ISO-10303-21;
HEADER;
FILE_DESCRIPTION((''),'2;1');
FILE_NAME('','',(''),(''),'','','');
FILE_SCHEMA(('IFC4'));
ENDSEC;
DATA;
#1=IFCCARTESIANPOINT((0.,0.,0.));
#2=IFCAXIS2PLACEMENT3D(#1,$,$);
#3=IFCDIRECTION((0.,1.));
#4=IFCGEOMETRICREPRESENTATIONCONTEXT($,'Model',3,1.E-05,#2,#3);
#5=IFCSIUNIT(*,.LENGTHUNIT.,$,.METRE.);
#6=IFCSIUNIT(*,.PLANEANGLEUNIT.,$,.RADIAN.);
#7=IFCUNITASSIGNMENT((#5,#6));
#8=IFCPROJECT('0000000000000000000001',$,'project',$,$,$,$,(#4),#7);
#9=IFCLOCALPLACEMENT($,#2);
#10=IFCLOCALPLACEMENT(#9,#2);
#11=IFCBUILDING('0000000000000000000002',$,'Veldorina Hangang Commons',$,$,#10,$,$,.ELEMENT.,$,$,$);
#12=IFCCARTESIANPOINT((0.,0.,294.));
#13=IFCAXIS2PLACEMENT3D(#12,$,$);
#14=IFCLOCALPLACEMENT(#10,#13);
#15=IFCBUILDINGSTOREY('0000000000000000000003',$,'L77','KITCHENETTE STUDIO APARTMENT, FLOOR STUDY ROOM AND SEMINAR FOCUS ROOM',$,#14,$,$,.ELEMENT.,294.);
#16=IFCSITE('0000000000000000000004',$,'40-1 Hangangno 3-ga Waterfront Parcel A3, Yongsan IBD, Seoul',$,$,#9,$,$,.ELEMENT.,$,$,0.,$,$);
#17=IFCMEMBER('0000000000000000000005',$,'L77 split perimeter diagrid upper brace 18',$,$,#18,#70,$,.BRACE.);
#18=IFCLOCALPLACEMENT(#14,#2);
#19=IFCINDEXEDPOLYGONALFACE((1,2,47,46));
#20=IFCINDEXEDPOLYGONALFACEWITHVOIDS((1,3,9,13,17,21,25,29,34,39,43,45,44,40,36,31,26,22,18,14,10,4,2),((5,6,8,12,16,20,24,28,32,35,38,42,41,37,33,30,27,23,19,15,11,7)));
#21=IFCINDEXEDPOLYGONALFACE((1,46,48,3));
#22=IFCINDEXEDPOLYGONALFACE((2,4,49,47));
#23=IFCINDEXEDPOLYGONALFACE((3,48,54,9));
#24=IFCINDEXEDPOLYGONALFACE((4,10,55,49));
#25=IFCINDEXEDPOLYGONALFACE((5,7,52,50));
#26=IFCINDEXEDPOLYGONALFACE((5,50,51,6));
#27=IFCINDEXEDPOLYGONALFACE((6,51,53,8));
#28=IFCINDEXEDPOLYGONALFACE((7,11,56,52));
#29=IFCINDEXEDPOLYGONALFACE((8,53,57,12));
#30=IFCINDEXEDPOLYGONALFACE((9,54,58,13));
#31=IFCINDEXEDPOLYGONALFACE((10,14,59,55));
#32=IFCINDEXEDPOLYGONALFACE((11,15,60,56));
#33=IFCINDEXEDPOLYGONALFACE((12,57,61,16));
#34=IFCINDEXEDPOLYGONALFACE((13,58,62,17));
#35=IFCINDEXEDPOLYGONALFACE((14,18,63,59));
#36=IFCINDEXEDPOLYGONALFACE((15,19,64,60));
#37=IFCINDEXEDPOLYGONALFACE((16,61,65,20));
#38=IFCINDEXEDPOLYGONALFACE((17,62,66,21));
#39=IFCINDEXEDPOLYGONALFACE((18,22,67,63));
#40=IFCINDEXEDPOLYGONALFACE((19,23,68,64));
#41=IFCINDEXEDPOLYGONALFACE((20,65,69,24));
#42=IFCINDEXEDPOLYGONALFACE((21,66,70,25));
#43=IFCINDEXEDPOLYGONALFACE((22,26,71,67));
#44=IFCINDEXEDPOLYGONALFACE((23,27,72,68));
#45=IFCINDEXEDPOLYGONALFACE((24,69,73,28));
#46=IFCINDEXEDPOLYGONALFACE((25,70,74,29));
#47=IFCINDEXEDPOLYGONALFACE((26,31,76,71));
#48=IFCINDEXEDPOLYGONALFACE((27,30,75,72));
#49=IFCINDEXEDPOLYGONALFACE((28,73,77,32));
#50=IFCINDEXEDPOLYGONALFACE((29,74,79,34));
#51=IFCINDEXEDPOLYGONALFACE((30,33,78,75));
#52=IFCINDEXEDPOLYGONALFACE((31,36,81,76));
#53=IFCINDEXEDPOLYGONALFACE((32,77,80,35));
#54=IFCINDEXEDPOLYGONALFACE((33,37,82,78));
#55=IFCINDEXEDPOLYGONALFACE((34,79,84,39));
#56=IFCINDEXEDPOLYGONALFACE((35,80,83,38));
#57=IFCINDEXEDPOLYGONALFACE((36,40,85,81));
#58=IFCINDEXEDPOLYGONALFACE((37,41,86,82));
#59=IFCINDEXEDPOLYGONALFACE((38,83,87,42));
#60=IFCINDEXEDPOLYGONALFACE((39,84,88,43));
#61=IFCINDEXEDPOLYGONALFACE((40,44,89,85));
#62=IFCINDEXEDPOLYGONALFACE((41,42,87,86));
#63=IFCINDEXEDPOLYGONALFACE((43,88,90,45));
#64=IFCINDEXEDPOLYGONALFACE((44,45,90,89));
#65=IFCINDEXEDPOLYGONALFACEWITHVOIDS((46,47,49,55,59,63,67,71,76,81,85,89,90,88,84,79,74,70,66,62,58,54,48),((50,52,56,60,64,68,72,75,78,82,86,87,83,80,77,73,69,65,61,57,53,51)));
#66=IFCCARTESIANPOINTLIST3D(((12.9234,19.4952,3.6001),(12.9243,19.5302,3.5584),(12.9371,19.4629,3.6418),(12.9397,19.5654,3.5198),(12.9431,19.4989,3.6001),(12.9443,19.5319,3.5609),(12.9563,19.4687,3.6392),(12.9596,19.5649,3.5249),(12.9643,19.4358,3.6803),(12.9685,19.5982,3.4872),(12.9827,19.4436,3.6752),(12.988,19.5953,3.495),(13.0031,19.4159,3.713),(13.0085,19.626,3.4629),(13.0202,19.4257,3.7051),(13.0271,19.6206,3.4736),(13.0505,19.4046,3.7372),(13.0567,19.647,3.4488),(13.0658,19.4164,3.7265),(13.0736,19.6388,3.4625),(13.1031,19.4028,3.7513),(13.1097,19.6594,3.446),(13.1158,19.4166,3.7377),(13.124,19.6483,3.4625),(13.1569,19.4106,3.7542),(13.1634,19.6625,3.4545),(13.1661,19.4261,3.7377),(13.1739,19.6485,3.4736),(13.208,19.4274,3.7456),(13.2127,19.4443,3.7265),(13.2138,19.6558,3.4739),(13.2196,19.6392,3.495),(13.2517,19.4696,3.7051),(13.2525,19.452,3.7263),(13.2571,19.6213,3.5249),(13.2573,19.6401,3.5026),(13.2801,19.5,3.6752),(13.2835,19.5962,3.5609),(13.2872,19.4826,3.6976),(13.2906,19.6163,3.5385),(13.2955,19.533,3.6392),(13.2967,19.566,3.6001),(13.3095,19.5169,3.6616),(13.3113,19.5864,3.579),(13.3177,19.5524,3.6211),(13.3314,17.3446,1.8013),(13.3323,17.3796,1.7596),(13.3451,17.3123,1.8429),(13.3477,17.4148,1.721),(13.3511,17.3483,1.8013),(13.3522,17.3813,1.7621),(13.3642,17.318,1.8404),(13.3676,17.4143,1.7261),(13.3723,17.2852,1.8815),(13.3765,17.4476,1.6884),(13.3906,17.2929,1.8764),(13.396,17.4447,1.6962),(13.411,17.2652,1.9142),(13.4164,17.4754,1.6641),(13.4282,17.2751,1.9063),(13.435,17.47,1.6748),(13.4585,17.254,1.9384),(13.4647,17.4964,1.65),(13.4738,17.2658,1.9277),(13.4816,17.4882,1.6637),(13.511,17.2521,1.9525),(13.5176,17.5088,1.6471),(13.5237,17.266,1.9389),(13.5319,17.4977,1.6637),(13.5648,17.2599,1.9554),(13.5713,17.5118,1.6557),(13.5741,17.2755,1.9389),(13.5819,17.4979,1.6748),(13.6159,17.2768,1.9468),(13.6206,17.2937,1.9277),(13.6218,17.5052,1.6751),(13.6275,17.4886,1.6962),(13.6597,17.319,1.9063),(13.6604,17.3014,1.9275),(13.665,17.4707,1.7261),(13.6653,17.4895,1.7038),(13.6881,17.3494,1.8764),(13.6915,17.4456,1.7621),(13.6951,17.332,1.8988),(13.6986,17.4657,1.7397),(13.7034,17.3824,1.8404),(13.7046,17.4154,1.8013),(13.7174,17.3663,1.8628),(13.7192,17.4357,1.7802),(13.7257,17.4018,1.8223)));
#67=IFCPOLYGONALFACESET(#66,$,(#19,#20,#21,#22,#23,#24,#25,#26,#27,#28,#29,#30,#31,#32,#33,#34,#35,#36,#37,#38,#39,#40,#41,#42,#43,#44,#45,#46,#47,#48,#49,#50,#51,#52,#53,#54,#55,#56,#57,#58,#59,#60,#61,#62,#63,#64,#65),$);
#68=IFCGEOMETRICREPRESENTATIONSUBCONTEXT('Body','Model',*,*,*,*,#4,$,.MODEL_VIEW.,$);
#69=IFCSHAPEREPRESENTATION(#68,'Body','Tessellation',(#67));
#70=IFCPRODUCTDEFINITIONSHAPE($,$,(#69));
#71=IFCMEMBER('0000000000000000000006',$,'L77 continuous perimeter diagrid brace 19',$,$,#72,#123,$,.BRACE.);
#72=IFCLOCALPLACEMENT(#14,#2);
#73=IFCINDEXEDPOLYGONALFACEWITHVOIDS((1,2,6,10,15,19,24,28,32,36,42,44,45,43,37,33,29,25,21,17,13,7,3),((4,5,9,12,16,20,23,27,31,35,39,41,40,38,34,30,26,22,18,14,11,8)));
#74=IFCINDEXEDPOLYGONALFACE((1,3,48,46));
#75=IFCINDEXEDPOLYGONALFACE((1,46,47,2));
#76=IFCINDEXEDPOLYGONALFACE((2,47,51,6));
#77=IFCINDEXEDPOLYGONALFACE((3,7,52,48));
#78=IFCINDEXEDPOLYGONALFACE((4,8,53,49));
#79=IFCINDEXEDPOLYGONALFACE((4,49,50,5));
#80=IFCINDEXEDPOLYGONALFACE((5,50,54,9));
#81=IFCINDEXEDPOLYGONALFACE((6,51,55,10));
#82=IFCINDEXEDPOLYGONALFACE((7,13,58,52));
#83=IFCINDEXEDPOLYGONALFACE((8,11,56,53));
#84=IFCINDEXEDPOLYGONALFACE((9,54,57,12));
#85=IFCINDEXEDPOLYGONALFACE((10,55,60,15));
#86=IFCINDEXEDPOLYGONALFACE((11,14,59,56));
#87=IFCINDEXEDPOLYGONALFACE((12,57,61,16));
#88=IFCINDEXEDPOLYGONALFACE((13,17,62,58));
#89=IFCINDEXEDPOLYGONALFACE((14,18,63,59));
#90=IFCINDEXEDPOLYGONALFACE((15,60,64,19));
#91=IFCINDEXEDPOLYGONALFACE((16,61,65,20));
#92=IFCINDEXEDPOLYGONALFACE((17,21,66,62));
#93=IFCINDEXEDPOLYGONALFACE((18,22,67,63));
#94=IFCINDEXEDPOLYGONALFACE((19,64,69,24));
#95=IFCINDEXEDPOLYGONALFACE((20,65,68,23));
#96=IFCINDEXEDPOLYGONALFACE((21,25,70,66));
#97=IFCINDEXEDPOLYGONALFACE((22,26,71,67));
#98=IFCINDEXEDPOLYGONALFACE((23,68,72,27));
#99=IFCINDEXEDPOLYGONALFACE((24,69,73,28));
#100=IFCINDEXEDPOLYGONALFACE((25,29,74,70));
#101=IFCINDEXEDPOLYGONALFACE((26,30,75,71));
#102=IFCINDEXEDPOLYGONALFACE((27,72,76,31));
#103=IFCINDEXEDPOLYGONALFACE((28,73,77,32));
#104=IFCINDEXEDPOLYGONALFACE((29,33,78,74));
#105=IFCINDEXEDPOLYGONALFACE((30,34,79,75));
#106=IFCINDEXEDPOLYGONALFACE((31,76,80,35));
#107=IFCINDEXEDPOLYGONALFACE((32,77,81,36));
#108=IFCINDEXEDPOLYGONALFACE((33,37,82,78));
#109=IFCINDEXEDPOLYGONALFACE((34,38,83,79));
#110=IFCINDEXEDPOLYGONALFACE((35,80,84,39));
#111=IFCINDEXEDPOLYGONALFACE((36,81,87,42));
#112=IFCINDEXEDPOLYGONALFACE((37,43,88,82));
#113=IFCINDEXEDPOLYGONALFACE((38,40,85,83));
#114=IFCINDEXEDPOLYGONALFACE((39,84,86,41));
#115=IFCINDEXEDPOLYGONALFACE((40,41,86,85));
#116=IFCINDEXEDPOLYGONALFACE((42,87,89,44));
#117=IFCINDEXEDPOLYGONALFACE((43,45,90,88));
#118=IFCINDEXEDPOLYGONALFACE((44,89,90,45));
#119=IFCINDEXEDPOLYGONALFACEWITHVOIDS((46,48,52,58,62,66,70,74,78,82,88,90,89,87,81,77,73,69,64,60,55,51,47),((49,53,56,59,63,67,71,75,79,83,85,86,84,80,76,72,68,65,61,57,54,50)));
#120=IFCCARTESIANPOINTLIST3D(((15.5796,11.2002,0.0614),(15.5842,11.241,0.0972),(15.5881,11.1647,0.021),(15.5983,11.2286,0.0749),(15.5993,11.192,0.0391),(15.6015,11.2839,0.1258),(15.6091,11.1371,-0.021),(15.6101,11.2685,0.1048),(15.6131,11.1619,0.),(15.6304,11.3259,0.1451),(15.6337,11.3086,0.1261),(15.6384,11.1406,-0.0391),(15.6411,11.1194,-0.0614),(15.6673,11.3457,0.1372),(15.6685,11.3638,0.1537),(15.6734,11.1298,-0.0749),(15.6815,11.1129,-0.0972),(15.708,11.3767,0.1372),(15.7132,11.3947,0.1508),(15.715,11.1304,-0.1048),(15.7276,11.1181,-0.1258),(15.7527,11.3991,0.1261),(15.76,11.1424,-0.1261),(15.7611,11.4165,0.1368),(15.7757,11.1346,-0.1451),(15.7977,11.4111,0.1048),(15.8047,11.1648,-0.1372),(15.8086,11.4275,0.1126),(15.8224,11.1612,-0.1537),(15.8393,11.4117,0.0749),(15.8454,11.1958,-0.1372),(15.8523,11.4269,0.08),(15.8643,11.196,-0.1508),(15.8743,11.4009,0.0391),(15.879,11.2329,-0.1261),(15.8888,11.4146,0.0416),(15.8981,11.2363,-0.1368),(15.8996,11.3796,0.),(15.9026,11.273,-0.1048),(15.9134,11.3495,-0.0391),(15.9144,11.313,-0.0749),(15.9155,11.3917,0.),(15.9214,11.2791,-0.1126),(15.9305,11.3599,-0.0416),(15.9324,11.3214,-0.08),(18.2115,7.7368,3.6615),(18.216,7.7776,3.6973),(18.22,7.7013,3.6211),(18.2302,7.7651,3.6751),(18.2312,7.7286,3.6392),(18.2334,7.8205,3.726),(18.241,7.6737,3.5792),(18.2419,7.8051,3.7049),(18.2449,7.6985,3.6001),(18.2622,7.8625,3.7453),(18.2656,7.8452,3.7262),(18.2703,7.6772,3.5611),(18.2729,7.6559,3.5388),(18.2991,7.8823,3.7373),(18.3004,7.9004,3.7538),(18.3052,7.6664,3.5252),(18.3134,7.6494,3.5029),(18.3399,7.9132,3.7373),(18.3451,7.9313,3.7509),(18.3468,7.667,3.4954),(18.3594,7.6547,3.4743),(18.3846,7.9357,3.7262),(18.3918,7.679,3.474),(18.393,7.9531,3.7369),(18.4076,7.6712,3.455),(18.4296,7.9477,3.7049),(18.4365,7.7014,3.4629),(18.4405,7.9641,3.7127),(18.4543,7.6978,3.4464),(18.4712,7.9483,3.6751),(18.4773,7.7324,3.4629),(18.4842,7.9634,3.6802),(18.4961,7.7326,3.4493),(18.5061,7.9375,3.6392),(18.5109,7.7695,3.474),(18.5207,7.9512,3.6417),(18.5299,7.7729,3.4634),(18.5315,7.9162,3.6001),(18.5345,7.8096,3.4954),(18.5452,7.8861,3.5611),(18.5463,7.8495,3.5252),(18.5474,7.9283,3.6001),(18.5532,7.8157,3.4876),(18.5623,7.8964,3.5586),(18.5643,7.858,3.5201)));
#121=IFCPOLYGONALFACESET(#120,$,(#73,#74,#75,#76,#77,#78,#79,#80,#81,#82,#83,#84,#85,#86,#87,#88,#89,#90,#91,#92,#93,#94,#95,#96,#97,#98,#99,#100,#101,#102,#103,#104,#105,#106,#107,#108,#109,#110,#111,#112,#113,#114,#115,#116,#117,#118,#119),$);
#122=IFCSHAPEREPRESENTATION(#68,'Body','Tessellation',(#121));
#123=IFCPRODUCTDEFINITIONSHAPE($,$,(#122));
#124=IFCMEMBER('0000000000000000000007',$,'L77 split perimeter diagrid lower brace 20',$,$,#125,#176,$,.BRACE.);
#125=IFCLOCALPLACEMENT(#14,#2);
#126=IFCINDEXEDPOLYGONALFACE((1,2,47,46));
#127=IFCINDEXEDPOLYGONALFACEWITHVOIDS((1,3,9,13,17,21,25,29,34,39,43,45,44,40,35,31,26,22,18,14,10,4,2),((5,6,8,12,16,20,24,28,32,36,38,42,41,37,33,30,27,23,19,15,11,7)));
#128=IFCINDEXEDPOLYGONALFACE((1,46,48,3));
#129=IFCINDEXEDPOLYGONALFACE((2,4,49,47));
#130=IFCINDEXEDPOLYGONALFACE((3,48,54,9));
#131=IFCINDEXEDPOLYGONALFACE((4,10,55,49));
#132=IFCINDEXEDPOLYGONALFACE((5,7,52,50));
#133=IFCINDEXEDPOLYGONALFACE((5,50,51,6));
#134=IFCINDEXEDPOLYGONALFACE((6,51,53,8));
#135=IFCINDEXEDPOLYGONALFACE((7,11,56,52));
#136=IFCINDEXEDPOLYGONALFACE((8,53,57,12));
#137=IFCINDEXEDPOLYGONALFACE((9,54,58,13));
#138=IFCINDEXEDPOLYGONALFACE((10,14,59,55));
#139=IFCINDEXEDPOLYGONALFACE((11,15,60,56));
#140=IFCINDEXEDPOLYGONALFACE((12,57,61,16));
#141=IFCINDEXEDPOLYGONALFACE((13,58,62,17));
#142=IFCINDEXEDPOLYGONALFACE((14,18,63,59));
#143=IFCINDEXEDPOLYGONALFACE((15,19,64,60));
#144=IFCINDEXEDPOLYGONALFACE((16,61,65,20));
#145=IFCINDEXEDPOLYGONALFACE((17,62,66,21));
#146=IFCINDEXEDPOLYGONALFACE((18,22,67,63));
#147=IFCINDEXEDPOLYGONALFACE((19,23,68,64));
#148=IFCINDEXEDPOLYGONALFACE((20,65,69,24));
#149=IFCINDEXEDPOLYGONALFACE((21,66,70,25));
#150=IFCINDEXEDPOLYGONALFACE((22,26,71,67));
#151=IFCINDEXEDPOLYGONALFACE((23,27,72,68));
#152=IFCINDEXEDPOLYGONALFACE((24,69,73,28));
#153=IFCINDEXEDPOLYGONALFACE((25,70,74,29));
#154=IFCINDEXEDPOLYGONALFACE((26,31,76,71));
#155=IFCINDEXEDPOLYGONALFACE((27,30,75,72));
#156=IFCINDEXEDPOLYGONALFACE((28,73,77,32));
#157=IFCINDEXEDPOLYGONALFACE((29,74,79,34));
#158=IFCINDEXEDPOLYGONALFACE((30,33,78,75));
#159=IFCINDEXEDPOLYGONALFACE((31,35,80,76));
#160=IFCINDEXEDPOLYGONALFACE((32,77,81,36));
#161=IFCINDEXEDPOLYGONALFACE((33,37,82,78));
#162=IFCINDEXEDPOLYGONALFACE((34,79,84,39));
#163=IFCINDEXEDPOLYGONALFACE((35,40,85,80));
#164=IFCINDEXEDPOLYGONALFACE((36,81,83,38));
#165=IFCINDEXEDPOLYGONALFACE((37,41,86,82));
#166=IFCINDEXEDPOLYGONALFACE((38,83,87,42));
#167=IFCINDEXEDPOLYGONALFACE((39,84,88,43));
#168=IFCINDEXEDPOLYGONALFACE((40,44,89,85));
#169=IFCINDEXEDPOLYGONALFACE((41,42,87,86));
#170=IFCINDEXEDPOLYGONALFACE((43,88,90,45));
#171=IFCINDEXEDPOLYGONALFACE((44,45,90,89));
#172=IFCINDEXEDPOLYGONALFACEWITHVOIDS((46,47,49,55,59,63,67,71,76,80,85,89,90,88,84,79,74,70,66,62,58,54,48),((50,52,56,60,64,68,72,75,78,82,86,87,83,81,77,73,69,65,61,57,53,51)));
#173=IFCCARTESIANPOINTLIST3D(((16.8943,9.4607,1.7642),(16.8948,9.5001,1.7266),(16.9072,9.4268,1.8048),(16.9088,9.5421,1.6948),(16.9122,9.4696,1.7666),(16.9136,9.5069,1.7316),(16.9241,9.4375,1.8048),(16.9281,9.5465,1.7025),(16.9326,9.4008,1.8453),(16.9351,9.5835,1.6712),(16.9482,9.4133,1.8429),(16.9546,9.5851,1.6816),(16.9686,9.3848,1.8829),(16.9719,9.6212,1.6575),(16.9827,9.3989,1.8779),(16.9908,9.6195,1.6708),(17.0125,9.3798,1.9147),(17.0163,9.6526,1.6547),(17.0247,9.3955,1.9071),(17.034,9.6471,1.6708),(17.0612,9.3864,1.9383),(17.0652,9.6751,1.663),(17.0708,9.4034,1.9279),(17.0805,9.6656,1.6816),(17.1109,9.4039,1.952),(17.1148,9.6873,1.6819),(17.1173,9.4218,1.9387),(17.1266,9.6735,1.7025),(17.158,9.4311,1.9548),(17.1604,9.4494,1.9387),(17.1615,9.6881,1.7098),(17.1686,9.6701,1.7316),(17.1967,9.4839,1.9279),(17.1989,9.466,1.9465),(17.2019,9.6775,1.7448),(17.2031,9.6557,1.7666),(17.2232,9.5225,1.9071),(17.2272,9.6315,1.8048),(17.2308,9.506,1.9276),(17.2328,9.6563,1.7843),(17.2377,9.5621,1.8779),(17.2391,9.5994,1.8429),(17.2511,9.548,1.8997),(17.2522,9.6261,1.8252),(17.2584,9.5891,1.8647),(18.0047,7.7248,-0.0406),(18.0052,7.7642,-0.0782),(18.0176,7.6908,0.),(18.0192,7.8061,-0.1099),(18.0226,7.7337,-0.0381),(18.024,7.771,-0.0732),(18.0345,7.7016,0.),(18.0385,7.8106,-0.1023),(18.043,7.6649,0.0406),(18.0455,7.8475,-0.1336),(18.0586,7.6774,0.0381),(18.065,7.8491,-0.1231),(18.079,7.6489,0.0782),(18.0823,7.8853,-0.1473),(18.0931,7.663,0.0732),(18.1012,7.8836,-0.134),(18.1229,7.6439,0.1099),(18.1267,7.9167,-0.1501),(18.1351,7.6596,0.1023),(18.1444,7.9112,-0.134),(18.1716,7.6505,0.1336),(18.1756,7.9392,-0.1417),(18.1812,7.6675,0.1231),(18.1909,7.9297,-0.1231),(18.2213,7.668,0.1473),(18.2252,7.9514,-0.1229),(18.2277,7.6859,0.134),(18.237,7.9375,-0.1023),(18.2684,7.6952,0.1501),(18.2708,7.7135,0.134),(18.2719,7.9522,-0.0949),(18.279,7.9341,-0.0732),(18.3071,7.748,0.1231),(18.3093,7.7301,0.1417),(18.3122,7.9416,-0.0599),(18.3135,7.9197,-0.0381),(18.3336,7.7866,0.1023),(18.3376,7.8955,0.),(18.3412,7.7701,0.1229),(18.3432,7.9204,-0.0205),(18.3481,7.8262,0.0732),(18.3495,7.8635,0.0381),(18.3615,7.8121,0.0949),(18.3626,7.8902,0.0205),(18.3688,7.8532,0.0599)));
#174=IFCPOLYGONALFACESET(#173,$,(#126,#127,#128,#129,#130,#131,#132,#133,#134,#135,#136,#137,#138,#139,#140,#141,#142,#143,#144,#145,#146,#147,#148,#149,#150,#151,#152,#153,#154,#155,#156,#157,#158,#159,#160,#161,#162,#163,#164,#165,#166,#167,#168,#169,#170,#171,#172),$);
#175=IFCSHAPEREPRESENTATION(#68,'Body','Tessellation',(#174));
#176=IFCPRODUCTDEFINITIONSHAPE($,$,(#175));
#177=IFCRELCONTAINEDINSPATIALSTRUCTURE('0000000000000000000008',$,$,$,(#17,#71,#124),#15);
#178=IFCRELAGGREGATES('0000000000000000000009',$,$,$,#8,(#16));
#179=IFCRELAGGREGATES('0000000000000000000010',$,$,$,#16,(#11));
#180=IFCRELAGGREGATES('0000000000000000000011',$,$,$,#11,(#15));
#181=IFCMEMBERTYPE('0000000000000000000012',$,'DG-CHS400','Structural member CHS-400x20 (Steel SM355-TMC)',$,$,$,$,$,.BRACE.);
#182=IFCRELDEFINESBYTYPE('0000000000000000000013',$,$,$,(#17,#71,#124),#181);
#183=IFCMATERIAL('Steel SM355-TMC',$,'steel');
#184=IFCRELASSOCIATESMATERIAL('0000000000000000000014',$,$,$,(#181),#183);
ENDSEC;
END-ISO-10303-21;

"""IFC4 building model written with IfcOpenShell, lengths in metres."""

from ifc_helpers import new_model, si_unit, direction, frame, origin, origin_2d, place, context, subcontext, project, spatial, hollow_circle, extrude, material, material_profile, profile_set, type_object, element, save


model = new_model("IFC4")

# Units and contexts
model_context = context("Model", 3, precision=1e-05, world=origin(), true_north=direction((0.0, 1.0)))
body_context = subcontext(model_context, "Body", "Model", "MODEL_VIEW")
ifc_project = project(units=[si_unit("LENGTHUNIT", "METRE"), si_unit("PLANEANGLEUNIT", "RADIAN")], contexts=[model_context])

# Site, building, storey
site_placement = place(None, origin())
site = spatial("IfcSite", under=ifc_project, at=site_placement, Name="40-1 Hangangno 3-ga Waterfront Parcel A3, Yongsan IBD, Seoul", CompositionType="ELEMENT", RefElevation=0.0)
building_placement = place(site_placement, origin())
building = spatial("IfcBuilding", under=site, at=building_placement, Name="Veldorina Hangang Commons", CompositionType="ELEMENT")
storey_placement = place(building_placement, frame((0.0, 0.0, 294.0)))
storey = spatial("IfcBuildingStorey", under=building, at=storey_placement, Name="L77", Description="KITCHENETTE STUDIO APARTMENT, FLOOR STUDY ROOM AND SEMINAR FOCUS ROOM", CompositionType="ELEMENT", Elevation=294.0)

# Members
ifc_material_1 = material(Name="Steel SM355-TMC", Category="steel")
ifc_material_profile_1 = material_profile(ifc_material_1, hollow_circle(Radius=0.2, WallThickness=0.02, at=origin_2d()), Name="CHS-400x20")
ifc_profile_set_1 = profile_set([ifc_material_profile_1], Name="Steel SM355-TMC")
member_type_1 = type_object("IfcMemberType", Name="DG-CHS400", Description="Structural member CHS-400x20 (Steel SM355-TMC)", PredefinedType="BRACE", material=ifc_profile_set_1)
member_1_placement = place(storey_placement, frame((13.5278, 17.3818, 1.8013), z_axis=(-0.143989, 0.759063, 0.634894), x_axis=(-0.98248, -0.186369, 0.0)))
element("IfcMember", 1, at=member_1_placement, inside=storey, type_object=member_type_1, Name="L77 split perimeter diagrid upper brace 18", PredefinedType="BRACE", context=body_context, shape_type="SweptSolid", body=[
    extrude(hollow_circle(Radius=0.2, WallThickness=0.02, at=origin_2d()), origin(), (0.0, 0.0, 1.0), 2.8333),
])
member_2_placement = place(storey_placement, frame((15.7563, 11.2708, 0.0), z_axis=(0.466106, -0.613374, 0.637587), x_axis=(0.796199, 0.605035, 0.0)))
element("IfcMember", 2, at=member_2_placement, inside=storey, type_object=member_type_1, Name="L77 continuous perimeter diagrid brace 19", PredefinedType="BRACE", context=body_context, shape_type="SweptSolid", body=[
    extrude(hollow_circle(Radius=0.2, WallThickness=0.02, at=origin_2d()), origin(), (0.0, 0.0, 1.0), 5.6465),
])
member_3_placement = place(storey_placement, frame((18.186, 7.7986, 0.0), z_axis=(-0.405364, 0.633716, 0.658851), x_axis=(-0.8424, -0.538852, 0.0)))
element("IfcMember", 3, at=member_3_placement, inside=storey, type_object=member_type_1, Name="L77 split perimeter diagrid lower brace 20", PredefinedType="BRACE", context=body_context, shape_type="SweptSolid", body=[
    extrude(hollow_circle(Radius=0.2, WallThickness=0.02, at=origin_2d()), origin(), (0.0, 0.0, 1.0), 2.7393),
])

save(model, "model.ifc")
